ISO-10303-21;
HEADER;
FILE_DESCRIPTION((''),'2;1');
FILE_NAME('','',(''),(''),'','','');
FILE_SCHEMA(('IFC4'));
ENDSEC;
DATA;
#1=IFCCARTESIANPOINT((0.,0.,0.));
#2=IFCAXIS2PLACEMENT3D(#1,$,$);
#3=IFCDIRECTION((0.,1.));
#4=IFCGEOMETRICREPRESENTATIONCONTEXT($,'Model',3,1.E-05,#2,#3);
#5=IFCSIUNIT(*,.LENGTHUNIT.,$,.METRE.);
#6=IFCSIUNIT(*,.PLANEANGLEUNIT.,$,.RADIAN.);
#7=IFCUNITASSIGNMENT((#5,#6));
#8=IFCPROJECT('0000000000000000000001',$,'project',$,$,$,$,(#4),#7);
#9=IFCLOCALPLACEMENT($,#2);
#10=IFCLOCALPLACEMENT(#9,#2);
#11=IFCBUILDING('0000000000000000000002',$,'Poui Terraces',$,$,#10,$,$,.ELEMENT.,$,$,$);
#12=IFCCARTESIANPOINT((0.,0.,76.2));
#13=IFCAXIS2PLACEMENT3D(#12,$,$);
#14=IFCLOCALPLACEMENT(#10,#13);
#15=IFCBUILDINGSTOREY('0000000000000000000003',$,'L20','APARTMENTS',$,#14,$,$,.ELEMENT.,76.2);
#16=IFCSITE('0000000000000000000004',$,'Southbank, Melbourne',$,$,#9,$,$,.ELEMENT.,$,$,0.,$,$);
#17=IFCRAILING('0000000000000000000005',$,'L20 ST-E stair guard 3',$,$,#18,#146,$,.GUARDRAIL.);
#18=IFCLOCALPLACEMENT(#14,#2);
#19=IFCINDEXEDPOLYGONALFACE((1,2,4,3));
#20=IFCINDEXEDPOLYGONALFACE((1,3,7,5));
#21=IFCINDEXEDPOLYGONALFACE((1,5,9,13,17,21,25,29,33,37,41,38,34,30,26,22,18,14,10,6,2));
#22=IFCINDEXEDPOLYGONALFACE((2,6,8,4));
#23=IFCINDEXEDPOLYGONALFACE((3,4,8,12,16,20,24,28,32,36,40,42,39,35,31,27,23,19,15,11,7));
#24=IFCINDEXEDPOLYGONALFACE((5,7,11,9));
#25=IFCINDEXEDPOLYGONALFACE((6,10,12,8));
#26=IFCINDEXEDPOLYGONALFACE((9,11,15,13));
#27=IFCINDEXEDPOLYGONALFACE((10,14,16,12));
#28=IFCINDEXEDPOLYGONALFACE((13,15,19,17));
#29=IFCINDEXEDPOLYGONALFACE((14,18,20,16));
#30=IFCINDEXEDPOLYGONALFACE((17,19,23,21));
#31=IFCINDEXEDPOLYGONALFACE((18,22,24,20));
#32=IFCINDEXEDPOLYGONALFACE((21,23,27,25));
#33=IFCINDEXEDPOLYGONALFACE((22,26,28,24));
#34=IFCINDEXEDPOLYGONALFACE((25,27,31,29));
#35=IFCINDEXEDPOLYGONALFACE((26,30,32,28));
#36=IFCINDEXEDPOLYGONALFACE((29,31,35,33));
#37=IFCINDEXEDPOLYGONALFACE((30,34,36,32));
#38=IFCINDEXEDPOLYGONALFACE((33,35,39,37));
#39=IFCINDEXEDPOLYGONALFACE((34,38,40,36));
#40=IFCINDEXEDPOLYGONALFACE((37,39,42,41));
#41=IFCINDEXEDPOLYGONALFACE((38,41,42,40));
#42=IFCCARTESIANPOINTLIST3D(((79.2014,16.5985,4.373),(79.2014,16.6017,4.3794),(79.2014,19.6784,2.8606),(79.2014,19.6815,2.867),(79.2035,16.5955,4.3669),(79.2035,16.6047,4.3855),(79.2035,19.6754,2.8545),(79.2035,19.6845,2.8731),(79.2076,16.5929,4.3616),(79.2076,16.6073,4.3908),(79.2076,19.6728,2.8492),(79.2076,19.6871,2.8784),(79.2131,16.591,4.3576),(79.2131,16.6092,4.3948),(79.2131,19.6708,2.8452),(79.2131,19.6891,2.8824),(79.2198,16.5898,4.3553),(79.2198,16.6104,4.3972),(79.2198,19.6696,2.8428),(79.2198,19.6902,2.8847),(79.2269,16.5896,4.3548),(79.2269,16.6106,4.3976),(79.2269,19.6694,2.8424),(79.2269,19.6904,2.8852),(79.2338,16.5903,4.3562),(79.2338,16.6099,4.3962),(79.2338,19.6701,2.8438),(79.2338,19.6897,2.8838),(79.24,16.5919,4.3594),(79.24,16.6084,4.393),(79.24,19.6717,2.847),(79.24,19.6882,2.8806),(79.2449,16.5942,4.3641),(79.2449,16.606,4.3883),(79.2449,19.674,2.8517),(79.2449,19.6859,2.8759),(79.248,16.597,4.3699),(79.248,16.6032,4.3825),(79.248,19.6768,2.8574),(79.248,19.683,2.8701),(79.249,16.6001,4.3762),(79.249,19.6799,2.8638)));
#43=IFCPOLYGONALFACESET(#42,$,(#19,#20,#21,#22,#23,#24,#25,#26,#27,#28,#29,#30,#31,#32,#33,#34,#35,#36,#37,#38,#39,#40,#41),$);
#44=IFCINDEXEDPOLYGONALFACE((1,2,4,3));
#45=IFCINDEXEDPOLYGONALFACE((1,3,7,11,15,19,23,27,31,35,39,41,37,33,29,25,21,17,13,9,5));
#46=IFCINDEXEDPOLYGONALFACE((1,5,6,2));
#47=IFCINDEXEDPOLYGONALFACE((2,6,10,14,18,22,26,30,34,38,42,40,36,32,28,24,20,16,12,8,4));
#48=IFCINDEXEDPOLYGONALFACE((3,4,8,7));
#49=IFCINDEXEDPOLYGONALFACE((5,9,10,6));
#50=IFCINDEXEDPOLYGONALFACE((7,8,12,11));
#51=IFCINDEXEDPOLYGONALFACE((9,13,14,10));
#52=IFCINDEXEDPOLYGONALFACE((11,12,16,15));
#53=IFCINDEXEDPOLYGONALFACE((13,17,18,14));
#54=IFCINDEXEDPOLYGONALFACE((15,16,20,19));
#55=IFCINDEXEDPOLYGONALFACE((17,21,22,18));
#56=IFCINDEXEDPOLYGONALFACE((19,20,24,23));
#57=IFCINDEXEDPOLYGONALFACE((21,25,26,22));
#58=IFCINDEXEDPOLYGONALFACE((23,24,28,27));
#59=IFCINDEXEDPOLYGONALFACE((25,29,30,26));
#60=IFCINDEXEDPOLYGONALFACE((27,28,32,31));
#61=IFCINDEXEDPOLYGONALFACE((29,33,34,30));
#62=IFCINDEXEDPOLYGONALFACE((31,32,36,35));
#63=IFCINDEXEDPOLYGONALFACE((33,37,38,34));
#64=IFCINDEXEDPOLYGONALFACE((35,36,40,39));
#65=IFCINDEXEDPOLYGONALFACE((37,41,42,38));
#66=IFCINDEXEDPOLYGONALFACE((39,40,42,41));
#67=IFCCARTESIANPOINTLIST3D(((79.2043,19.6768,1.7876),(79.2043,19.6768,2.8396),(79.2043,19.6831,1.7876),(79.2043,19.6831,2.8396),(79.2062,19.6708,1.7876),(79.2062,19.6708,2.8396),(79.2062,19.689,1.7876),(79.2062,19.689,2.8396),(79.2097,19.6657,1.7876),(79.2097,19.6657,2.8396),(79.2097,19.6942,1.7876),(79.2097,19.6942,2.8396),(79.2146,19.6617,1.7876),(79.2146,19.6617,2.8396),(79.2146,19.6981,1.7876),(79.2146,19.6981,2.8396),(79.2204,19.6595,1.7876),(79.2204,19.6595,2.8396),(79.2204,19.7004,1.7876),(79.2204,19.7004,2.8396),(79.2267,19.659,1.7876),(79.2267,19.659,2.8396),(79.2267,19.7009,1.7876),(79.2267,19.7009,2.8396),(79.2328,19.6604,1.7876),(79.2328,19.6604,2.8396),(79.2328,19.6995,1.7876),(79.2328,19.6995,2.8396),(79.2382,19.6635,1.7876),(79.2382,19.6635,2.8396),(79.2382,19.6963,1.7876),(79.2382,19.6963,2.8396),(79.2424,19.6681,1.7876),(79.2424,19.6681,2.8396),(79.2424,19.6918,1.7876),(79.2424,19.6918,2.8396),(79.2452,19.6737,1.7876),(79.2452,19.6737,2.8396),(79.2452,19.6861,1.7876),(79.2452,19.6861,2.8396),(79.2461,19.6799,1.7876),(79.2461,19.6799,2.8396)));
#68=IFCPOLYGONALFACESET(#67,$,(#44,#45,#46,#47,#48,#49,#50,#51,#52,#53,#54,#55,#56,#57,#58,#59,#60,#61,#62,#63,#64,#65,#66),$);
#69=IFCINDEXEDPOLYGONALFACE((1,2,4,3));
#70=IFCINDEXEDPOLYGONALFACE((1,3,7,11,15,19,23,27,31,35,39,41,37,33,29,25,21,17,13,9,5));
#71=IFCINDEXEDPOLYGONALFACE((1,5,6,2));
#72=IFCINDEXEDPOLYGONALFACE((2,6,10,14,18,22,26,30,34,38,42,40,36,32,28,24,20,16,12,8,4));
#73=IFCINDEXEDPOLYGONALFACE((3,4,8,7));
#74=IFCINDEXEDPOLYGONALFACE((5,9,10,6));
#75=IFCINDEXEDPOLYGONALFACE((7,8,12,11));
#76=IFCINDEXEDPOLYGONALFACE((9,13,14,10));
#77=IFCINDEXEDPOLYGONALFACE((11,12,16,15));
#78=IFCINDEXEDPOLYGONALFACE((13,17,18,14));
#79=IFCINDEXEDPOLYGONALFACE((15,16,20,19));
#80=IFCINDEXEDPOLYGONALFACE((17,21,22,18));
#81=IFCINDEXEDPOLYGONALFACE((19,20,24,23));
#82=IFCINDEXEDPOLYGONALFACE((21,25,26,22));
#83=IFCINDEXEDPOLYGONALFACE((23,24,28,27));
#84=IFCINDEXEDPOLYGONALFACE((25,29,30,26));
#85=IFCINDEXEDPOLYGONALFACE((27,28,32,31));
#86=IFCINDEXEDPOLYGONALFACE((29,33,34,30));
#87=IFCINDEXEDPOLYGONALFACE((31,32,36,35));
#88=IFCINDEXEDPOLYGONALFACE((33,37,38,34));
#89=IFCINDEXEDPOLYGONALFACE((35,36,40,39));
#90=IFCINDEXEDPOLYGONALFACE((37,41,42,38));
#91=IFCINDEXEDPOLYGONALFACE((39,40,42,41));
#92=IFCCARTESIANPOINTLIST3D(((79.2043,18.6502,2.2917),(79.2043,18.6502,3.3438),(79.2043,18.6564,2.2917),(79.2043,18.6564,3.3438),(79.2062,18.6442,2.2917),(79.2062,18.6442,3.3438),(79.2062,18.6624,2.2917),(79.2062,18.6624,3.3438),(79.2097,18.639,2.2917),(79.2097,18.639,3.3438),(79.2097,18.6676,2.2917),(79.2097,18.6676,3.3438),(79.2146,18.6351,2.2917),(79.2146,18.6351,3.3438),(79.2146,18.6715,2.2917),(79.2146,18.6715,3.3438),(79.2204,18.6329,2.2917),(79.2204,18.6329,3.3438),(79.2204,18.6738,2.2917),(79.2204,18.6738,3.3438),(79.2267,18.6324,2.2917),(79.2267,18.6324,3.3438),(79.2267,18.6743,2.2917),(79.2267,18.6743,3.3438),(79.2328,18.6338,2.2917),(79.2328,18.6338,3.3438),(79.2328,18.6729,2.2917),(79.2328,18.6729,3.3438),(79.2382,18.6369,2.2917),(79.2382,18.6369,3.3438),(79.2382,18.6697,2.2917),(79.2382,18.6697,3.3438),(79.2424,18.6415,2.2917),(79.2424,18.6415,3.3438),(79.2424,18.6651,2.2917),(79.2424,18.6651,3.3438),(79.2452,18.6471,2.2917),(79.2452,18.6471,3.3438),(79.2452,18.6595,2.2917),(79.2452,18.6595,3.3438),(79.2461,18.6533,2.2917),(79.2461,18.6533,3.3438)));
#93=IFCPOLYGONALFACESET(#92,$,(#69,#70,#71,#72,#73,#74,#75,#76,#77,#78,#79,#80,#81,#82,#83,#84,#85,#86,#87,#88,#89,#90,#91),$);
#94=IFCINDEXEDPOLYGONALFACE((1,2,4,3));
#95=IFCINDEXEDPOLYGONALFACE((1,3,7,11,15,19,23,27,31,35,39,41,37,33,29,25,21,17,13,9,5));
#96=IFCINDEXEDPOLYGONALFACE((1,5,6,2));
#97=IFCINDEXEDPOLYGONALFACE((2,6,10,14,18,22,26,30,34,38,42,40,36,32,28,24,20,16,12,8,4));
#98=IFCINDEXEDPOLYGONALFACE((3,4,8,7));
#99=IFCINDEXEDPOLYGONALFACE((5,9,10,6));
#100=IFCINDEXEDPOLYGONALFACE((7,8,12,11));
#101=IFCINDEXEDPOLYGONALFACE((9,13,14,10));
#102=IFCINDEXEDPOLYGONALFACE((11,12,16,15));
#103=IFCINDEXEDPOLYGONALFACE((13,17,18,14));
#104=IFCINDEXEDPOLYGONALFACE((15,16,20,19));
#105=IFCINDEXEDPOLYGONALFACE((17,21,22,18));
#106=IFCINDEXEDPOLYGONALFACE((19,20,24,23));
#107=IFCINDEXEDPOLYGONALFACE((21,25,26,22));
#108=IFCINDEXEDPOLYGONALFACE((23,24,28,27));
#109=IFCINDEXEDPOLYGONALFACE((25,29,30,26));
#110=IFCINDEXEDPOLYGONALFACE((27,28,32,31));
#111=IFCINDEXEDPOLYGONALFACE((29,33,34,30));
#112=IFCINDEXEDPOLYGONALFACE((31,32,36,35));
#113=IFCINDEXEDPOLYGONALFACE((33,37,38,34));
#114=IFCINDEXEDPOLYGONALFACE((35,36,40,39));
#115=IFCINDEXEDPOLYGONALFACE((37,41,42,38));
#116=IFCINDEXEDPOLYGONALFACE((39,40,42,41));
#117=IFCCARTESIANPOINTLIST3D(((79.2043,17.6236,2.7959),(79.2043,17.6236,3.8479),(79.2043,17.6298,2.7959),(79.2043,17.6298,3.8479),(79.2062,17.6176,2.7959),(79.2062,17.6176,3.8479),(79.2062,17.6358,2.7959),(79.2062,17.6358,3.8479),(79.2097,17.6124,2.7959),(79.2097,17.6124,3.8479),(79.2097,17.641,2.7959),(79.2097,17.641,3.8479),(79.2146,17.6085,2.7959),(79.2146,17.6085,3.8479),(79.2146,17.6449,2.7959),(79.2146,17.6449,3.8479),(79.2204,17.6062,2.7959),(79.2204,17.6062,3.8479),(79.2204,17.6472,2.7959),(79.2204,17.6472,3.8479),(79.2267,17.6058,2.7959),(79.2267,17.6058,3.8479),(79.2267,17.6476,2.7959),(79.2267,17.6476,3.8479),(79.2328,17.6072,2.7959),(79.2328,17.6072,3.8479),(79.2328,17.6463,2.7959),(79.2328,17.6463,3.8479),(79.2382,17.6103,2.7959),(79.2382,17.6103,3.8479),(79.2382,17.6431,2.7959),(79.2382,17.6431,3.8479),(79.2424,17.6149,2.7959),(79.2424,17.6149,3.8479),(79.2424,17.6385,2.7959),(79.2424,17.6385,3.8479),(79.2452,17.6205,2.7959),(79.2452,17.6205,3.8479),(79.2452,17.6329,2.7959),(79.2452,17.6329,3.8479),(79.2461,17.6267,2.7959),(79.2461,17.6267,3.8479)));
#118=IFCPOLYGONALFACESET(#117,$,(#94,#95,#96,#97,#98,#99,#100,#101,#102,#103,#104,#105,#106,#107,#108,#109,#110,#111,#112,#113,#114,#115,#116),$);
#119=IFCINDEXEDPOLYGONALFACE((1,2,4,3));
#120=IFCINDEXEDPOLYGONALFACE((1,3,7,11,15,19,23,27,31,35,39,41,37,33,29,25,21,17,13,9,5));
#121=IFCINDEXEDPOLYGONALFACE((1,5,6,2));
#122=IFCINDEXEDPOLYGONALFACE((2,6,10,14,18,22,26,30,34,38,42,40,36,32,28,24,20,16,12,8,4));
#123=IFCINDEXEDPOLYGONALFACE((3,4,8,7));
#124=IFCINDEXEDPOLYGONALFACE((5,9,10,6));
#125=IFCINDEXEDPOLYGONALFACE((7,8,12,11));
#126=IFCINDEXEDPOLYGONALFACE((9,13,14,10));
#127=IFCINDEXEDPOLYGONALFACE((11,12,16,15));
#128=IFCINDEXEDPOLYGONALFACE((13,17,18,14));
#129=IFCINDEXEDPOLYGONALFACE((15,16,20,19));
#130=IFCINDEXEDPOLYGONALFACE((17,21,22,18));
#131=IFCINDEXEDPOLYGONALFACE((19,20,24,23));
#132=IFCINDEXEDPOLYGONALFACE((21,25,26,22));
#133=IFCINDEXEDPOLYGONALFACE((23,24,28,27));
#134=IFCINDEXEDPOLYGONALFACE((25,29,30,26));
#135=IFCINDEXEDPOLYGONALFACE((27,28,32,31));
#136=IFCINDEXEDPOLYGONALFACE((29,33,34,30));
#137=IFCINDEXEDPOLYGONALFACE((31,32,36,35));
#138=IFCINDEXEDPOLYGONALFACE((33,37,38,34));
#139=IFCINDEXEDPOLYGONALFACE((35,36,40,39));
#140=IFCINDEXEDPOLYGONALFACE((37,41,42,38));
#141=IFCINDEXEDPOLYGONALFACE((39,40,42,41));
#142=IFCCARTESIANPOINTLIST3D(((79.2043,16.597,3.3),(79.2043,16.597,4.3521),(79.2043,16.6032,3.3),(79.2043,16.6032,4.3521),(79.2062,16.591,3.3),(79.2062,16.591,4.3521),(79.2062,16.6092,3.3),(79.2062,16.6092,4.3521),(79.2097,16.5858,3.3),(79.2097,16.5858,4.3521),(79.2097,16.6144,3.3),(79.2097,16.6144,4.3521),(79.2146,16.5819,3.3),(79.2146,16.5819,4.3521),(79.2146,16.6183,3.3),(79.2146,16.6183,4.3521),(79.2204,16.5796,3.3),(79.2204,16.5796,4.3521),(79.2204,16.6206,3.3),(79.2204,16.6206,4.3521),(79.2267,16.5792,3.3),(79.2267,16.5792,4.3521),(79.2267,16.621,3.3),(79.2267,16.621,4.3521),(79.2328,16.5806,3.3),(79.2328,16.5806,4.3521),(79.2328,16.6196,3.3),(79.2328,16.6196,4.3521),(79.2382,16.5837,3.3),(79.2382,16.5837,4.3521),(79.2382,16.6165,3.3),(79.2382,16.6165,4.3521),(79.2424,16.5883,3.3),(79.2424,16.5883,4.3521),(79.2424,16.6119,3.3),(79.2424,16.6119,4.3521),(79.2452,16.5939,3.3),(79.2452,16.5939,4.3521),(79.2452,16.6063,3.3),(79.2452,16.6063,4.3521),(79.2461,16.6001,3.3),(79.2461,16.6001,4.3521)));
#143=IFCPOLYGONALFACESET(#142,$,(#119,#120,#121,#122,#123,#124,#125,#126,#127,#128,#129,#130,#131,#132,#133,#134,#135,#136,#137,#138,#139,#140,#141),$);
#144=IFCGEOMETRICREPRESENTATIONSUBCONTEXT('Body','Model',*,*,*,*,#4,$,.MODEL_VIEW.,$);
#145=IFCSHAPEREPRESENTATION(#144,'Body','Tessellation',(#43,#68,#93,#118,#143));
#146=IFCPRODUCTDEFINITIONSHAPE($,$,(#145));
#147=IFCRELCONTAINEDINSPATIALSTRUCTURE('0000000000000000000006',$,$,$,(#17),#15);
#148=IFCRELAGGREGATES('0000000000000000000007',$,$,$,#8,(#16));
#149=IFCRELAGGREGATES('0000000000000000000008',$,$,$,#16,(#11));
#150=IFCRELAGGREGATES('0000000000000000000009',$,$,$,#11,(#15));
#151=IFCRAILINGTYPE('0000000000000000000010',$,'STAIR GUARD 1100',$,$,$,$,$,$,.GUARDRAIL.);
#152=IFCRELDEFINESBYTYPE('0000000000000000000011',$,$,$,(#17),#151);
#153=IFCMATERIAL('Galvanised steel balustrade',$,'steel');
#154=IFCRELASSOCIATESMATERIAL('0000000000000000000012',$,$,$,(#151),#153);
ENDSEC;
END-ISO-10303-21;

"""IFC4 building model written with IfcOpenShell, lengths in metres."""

from ifc_helpers import new_model, si_unit, direction, frame, origin, origin_2d, place, context, subcontext, project, spatial, circle, extrude, material, type_object, element, save


model = new_model("IFC4")

# Units and contexts
model_context = context("Model", 3, precision=1e-05, world=origin(), true_north=direction((0.0, 1.0)))
body_context = subcontext(model_context, "Body", "Model", "MODEL_VIEW")
ifc_project = project(units=[si_unit("LENGTHUNIT", "METRE"), si_unit("PLANEANGLEUNIT", "RADIAN")], contexts=[model_context])

# Site, building, storey
site_placement = place(None, origin())
site = spatial("IfcSite", under=ifc_project, at=site_placement, Name="Southbank, Melbourne", CompositionType="ELEMENT", RefElevation=0.0)
building_placement = place(site_placement, origin())
building = spatial("IfcBuilding", under=site, at=building_placement, Name="Poui Terraces", CompositionType="ELEMENT")
storey_placement = place(building_placement, frame((0.0, 0.0, 76.2)))
storey = spatial("IfcBuildingStorey", under=building, at=storey_placement, Name="L20", Description="APARTMENTS", CompositionType="ELEMENT", Elevation=76.2)

# Railing
ifc_material_1 = material(Name="Galvanised steel balustrade", Category="steel")
railing_type_1 = type_object("IfcRailingType", Name="STAIR GUARD 1100", PredefinedType="GUARDRAIL", material=ifc_material_1)
railing_1_placement = place(storey_placement, frame((79.2251, 19.6799, 1.7876)))
element("IfcRailing", 1, at=railing_1_placement, inside=storey, type_object=railing_type_1, Name="L20 ST-E stair guard 3", PredefinedType="GUARDRAIL", context=body_context, shape_type="SweptSolid", body=[
    extrude(circle(Radius=0.0239, at=origin_2d()), frame((0.0, 0.0, 1.0762), z_axis=(0.0, -0.897606, 0.440798), x_axis=(1.0, 0.0, 0.0)), (0.0, 0.0, 1.0), 3.4312),
    extrude(circle(Radius=0.021, at=origin_2d()), origin(), (0.0, 0.0, 1.0), 1.052),
    extrude(circle(Radius=0.021, at=origin_2d()), frame((0.0, -1.0266, 0.5042)), (0.0, 0.0, 1.0), 1.052),
    extrude(circle(Radius=0.021, at=origin_2d()), frame((0.0, -2.0532, 1.0083)), (0.0, 0.0, 1.0), 1.052),
    extrude(circle(Radius=0.021, at=origin_2d()), frame((0.0, -3.0798, 1.5125)), (0.0, 0.0, 1.0), 1.052),
])

save(model, "model.ifc")
